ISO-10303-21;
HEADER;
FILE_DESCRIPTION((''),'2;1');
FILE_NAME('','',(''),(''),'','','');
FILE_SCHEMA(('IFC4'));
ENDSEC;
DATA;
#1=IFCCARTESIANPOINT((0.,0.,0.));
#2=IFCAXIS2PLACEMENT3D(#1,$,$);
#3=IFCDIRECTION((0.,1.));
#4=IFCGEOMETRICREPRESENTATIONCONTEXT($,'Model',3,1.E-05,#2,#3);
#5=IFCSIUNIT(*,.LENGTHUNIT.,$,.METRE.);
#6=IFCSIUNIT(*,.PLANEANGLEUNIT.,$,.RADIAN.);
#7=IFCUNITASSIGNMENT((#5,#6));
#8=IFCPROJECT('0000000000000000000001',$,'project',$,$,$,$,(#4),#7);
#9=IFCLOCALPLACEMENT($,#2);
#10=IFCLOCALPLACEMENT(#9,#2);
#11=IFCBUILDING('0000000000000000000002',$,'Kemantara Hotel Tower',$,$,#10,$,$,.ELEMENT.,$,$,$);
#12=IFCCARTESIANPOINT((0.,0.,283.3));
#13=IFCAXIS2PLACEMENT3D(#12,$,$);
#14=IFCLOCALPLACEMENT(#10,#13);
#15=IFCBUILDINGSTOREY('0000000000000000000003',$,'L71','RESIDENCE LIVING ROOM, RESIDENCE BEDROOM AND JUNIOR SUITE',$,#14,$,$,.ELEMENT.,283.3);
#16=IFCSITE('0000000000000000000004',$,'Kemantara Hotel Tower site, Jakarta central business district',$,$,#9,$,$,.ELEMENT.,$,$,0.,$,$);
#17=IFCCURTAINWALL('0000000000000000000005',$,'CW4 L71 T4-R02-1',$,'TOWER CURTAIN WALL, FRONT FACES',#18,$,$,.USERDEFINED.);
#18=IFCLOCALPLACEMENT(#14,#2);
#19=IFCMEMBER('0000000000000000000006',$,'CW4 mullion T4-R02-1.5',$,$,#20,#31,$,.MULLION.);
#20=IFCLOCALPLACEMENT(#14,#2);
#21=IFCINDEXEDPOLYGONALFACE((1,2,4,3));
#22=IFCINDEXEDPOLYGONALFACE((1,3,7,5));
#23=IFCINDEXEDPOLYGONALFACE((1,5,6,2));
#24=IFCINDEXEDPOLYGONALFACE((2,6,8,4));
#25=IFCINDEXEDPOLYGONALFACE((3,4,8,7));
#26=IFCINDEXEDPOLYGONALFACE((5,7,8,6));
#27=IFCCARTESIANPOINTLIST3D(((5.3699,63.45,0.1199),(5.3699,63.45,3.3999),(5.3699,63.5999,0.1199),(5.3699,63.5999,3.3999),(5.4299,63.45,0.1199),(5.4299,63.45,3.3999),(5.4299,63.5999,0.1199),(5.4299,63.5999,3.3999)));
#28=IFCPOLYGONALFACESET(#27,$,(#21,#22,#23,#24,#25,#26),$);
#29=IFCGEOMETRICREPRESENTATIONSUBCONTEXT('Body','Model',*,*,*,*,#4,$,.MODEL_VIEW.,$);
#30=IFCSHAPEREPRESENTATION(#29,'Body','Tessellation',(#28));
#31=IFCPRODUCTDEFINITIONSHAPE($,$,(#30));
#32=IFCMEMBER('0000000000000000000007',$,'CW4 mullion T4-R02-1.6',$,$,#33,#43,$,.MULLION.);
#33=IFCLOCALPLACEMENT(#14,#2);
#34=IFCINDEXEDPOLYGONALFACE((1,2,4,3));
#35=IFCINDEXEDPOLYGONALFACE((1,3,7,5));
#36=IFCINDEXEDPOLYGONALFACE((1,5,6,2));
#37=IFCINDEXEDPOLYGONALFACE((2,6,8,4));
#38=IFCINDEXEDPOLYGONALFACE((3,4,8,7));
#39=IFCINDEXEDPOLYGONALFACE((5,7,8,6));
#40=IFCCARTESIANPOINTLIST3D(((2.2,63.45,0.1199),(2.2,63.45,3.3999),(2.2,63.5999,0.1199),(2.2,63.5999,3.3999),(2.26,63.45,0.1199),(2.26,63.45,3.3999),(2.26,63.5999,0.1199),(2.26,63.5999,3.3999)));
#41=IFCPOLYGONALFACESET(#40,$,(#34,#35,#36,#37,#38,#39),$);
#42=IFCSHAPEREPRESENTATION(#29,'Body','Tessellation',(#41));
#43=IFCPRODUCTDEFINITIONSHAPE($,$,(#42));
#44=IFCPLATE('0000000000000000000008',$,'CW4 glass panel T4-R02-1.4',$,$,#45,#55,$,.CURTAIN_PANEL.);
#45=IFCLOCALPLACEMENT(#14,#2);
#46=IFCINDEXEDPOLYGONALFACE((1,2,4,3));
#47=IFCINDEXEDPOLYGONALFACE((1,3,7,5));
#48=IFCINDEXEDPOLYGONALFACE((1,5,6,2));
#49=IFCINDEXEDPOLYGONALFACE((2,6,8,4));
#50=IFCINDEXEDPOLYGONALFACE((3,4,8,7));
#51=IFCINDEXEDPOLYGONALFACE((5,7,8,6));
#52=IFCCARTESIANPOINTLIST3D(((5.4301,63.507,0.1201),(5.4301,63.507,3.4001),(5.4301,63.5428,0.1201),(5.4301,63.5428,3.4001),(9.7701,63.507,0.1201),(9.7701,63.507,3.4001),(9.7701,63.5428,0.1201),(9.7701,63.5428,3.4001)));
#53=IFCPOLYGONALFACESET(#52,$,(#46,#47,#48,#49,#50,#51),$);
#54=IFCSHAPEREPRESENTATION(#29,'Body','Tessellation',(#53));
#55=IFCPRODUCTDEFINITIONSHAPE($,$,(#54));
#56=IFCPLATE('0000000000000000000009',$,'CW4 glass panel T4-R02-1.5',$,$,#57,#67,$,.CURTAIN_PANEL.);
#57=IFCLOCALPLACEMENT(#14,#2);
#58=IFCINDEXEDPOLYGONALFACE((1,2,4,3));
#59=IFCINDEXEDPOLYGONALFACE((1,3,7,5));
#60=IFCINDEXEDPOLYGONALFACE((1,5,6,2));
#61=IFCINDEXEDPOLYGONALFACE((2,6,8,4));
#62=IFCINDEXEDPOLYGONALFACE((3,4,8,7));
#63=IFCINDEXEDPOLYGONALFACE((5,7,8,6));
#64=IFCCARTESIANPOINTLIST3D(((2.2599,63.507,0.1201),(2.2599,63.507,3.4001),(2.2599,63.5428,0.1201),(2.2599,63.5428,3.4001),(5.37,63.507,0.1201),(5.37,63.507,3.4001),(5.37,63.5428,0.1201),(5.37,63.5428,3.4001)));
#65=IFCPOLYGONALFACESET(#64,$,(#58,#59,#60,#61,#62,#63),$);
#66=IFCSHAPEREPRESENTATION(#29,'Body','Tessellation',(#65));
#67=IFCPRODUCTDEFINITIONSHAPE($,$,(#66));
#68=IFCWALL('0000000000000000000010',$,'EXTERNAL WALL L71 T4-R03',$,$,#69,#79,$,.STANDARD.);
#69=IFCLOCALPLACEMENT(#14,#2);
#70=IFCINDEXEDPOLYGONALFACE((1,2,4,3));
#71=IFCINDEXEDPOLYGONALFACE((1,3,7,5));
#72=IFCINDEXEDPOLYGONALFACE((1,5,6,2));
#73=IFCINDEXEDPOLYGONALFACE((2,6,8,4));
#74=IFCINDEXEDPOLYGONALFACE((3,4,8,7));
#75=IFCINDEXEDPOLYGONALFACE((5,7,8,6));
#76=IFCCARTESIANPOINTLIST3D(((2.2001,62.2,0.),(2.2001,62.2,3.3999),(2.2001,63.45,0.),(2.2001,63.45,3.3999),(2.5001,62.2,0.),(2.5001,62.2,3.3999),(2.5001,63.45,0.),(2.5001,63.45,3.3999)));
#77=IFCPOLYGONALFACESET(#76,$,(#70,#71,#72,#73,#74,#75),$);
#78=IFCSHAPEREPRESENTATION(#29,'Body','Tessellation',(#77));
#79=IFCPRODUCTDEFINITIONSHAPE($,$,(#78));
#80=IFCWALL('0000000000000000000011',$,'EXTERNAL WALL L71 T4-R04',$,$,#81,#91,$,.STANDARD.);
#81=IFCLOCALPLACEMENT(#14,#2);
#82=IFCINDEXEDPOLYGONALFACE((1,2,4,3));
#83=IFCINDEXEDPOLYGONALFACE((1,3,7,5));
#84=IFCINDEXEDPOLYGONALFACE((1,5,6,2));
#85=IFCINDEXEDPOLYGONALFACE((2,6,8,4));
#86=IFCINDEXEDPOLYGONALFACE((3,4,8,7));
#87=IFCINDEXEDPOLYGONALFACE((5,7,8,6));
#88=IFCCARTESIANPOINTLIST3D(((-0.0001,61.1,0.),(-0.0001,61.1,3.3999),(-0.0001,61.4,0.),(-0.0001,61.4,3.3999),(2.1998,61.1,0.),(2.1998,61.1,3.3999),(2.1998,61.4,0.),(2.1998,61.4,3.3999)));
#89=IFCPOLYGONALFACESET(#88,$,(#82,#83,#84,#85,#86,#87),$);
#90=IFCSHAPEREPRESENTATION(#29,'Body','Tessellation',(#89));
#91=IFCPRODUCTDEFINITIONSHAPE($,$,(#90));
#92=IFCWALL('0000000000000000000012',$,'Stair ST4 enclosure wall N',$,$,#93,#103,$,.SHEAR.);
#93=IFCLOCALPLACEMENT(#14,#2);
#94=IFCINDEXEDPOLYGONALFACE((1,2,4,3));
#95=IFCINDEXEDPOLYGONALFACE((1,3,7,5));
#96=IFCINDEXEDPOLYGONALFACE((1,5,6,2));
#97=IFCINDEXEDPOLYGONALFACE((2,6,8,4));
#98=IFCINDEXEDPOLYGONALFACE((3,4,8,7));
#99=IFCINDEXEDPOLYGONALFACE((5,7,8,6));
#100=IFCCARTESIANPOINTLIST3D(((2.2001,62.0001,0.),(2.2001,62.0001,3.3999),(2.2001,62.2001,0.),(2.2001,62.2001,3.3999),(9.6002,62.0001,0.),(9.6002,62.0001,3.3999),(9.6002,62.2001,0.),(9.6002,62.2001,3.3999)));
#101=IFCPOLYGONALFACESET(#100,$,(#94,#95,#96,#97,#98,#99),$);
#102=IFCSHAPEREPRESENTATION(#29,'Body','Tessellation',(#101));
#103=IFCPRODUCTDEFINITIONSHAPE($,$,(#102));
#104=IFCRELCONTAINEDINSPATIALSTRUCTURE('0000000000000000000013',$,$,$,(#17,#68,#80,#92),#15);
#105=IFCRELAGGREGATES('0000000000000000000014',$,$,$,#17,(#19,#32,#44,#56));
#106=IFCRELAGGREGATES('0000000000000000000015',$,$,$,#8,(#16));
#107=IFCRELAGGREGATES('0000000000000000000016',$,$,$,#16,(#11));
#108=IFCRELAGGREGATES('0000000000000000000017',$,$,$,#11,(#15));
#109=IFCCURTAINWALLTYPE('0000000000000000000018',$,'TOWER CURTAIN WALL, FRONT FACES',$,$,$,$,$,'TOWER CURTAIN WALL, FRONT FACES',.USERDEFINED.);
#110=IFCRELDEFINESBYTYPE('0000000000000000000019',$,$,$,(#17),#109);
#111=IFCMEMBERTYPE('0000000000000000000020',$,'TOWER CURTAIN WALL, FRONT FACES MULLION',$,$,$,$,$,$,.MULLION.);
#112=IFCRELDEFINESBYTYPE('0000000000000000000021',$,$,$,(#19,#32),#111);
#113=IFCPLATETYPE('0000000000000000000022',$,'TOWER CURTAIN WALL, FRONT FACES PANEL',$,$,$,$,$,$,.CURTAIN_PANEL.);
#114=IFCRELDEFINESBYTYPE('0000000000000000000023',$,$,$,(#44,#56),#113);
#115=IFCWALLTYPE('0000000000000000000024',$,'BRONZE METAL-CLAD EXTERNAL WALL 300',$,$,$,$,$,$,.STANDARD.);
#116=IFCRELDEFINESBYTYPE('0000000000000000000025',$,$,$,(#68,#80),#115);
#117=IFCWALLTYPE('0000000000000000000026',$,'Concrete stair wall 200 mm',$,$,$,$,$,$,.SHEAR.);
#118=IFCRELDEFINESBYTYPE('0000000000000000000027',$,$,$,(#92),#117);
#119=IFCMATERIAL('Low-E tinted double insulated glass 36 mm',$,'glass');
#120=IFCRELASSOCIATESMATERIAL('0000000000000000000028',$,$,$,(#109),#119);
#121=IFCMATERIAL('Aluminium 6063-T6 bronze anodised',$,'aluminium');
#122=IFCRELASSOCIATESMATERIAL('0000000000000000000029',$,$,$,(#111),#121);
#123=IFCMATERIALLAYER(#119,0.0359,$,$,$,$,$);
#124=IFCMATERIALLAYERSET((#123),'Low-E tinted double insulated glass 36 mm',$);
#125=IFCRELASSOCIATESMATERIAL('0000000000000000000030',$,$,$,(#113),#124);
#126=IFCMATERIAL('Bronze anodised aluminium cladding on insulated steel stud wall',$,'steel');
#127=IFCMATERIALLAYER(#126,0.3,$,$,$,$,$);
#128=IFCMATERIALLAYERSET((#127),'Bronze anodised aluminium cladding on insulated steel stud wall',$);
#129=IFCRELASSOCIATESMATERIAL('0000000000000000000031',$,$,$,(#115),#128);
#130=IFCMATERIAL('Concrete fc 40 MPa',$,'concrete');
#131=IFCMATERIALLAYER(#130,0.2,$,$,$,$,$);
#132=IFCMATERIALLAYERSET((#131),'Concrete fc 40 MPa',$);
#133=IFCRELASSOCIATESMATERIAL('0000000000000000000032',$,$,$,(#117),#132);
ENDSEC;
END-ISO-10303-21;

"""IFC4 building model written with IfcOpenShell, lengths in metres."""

from ifc_helpers import new_model, si_unit, direction, frame, frame_2d, origin, origin_2d, place, context, subcontext, project, spatial, rectangle, extrude, source, transform, mapped, material, layer, layer_set, material_profile, profile_set, type_object, element, aggregate, save


model = new_model("IFC4")

# Units and contexts
model_context = context("Model", 3, precision=1e-05, world=origin(), true_north=direction((0.0, 1.0)))
body_context = subcontext(model_context, "Body", "Model", "MODEL_VIEW")
ifc_project = project(units=[si_unit("LENGTHUNIT", "METRE"), si_unit("PLANEANGLEUNIT", "RADIAN")], contexts=[model_context])

# Site, building, storey
site_placement = place(None, origin())
site = spatial("IfcSite", under=ifc_project, at=site_placement, Name="Kemantara Hotel Tower site, Jakarta central business district", CompositionType="ELEMENT", RefElevation=0.0)
building_placement = place(site_placement, origin())
building = spatial("IfcBuilding", under=site, at=building_placement, Name="Kemantara Hotel Tower", CompositionType="ELEMENT")
storey_placement = place(building_placement, frame((0.0, 0.0, 283.3)))
storey = spatial("IfcBuildingStorey", under=building, at=storey_placement, Name="L71", Description="RESIDENCE LIVING ROOM, RESIDENCE BEDROOM AND JUNIOR SUITE", CompositionType="ELEMENT", Elevation=283.3)

# Curtain wall, members, plates
ifc_material_1 = material(Name="Low-E tinted double insulated glass 36 mm", Category="glass")
curtain_wall_type = type_object("IfcCurtainWallType", Name="TOWER CURTAIN WALL, FRONT FACES", ElementType="TOWER CURTAIN WALL, FRONT FACES", PredefinedType="USERDEFINED", material=ifc_material_1)
curtain_wall_placement = place(storey_placement, origin())
curtain_wall = element("IfcCurtainWall", 1, at=curtain_wall_placement, inside=storey, type_object=curtain_wall_type, Name="CW4 L71 T4-R02-1", ObjectType="TOWER CURTAIN WALL, FRONT FACES", PredefinedType="USERDEFINED")
ifc_material_2 = material(Name="Aluminium 6063-T6 bronze anodised", Category="aluminium")
ifc_material_profile = material_profile(ifc_material_2, rectangle(XDim=0.1499, YDim=0.0601, at=origin_2d()), Name="TOWER CURTAIN WALL, FRONT FACES MULLION")
ifc_profile_set = profile_set([ifc_material_profile], Name="Aluminium 6063-T6 bronze anodised")
member_type = type_object("IfcMemberType", Name="TOWER CURTAIN WALL, FRONT FACES MULLION", PredefinedType="MULLION", material=ifc_profile_set)
shared_shape_1 = source(origin(), body_context, "Body", "SweptSolid", [
    extrude(rectangle(XDim=0.1499, YDim=0.0601, at=origin_2d()), origin(), (0.0, 0.0, 1.0), 3.28),
])
member_1_placement = place(storey_placement, frame((5.3999, 63.5249, 0.1199), z_axis=(0.0, 0.0, 1.0), x_axis=(0.0, -1.0, 0.0)))
member_1 = element("IfcMember", 2, at=member_1_placement, type_object=member_type, Name="CW4 mullion T4-R02-1.5", PredefinedType="MULLION", context=body_context, shape_type="MappedRepresentation", body=[
    mapped(shared_shape_1, transform((0.0, 0.0, 0.0))),
])
member_2_placement = place(storey_placement, frame((2.23, 63.5249, 0.1199), z_axis=(0.0, 0.0, 1.0), x_axis=(0.0, -1.0, 0.0)))
member_2 = element("IfcMember", 3, at=member_2_placement, type_object=member_type, Name="CW4 mullion T4-R02-1.6", PredefinedType="MULLION", context=body_context, shape_type="MappedRepresentation", body=[
    mapped(shared_shape_1, transform((0.0, 0.0, 0.0))),
])
ifc_layer_1 = layer(ifc_material_1, 0.0359)
ifc_layer_set_1 = layer_set([ifc_layer_1], Name="Low-E tinted double insulated glass 36 mm")
plate_type = type_object("IfcPlateType", Name="TOWER CURTAIN WALL, FRONT FACES PANEL", PredefinedType="CURTAIN_PANEL", material=ifc_layer_set_1)
shared_shape_2 = source(origin(), body_context, "Body", "SweptSolid", [
    extrude(rectangle(XDim=4.3401, YDim=0.0359, at=origin_2d()), origin(), (0.0, 0.0, 1.0), 3.28),
])
plate_1_placement = place(storey_placement, frame((7.6001, 63.5249, 0.1201), z_axis=(0.0, 0.0, 1.0), x_axis=(-1.0, 0.0, 0.0)))
plate_1 = element("IfcPlate", 4, at=plate_1_placement, type_object=plate_type, Name="CW4 glass panel T4-R02-1.4", PredefinedType="CURTAIN_PANEL", context=body_context, shape_type="MappedRepresentation", body=[
    mapped(shared_shape_2, transform((0.0, 0.0, 0.0))),
])
shared_shape_3 = source(origin(), body_context, "Body", "SweptSolid", [
    extrude(rectangle(XDim=3.1101, YDim=0.0359, at=origin_2d()), origin(), (0.0, 0.0, 1.0), 3.28),
])
plate_2_placement = place(storey_placement, frame((3.8149, 63.5249, 0.1201), z_axis=(0.0, 0.0, 1.0), x_axis=(-1.0, 0.0, 0.0)))
plate_2 = element("IfcPlate", 5, at=plate_2_placement, type_object=plate_type, Name="CW4 glass panel T4-R02-1.5", PredefinedType="CURTAIN_PANEL", context=body_context, shape_type="MappedRepresentation", body=[
    mapped(shared_shape_3, transform((0.0, 0.0, 0.0))),
])
aggregate(curtain_wall, [member_1, member_2, plate_1, plate_2])

# Walls
ifc_material_3 = material(Name="Bronze anodised aluminium cladding on insulated steel stud wall", Category="steel")
ifc_layer_2 = layer(ifc_material_3, 0.3)
ifc_layer_set_2 = layer_set([ifc_layer_2], Name="Bronze anodised aluminium cladding on insulated steel stud wall")
wall_type_1 = type_object("IfcWallType", Name="BRONZE METAL-CLAD EXTERNAL WALL 300", PredefinedType="STANDARD", material=ifc_layer_set_2)
wall_1_placement = place(storey_placement, frame((2.3501, 63.45, 0.0), z_axis=(0.0, 0.0, 1.0), x_axis=(0.0, -1.0, 0.0)))
element("IfcWall", 6, at=wall_1_placement, inside=storey, type_object=wall_type_1, Name="EXTERNAL WALL L71 T4-R03", PredefinedType="STANDARD", context=body_context, shape_type="SweptSolid", body=[
    extrude(rectangle(XDim=1.25, YDim=0.3, at=frame_2d((0.625, 0.0))), origin(), (0.0, 0.0, 1.0), 3.3999),
])
wall_2_placement = place(storey_placement, frame((2.2, 61.25, 0.0), z_axis=(0.0, 0.0, 1.0), x_axis=(-1.0, 0.0, 0.0)))
element("IfcWall", 7, at=wall_2_placement, inside=storey, type_object=wall_type_1, Name="EXTERNAL WALL L71 T4-R04", PredefinedType="STANDARD", context=body_context, shape_type="SweptSolid", body=[
    extrude(rectangle(XDim=2.2, YDim=0.3, at=frame_2d((1.1001, 0.0))), origin(), (0.0, 0.0, 1.0), 3.3999),
])

# Wall
ifc_material_4 = material(Name="Concrete fc 40 MPa", Category="concrete")
ifc_layer_3 = layer(ifc_material_4, 0.2)
ifc_layer_set_3 = layer_set([ifc_layer_3], Name="Concrete fc 40 MPa")
wall_type_2 = type_object("IfcWallType", Name="Concrete stair wall 200 mm", PredefinedType="SHEAR", material=ifc_layer_set_3)
wall_3_placement = place(storey_placement, frame((2.2, 62.1001, 0.0), z_axis=(0.0, 0.0, 1.0), x_axis=(1.0, 0.0, 0.0)))
element("IfcWall", 8, at=wall_3_placement, inside=storey, type_object=wall_type_2, Name="Stair ST4 enclosure wall N", PredefinedType="SHEAR", context=body_context, shape_type="SweptSolid", body=[
    extrude(rectangle(XDim=7.4001, YDim=0.2, at=frame_2d((3.7002, 0.0))), origin(), (0.0, 0.0, 1.0), 3.3999),
])

save(model, "model.ifc")
